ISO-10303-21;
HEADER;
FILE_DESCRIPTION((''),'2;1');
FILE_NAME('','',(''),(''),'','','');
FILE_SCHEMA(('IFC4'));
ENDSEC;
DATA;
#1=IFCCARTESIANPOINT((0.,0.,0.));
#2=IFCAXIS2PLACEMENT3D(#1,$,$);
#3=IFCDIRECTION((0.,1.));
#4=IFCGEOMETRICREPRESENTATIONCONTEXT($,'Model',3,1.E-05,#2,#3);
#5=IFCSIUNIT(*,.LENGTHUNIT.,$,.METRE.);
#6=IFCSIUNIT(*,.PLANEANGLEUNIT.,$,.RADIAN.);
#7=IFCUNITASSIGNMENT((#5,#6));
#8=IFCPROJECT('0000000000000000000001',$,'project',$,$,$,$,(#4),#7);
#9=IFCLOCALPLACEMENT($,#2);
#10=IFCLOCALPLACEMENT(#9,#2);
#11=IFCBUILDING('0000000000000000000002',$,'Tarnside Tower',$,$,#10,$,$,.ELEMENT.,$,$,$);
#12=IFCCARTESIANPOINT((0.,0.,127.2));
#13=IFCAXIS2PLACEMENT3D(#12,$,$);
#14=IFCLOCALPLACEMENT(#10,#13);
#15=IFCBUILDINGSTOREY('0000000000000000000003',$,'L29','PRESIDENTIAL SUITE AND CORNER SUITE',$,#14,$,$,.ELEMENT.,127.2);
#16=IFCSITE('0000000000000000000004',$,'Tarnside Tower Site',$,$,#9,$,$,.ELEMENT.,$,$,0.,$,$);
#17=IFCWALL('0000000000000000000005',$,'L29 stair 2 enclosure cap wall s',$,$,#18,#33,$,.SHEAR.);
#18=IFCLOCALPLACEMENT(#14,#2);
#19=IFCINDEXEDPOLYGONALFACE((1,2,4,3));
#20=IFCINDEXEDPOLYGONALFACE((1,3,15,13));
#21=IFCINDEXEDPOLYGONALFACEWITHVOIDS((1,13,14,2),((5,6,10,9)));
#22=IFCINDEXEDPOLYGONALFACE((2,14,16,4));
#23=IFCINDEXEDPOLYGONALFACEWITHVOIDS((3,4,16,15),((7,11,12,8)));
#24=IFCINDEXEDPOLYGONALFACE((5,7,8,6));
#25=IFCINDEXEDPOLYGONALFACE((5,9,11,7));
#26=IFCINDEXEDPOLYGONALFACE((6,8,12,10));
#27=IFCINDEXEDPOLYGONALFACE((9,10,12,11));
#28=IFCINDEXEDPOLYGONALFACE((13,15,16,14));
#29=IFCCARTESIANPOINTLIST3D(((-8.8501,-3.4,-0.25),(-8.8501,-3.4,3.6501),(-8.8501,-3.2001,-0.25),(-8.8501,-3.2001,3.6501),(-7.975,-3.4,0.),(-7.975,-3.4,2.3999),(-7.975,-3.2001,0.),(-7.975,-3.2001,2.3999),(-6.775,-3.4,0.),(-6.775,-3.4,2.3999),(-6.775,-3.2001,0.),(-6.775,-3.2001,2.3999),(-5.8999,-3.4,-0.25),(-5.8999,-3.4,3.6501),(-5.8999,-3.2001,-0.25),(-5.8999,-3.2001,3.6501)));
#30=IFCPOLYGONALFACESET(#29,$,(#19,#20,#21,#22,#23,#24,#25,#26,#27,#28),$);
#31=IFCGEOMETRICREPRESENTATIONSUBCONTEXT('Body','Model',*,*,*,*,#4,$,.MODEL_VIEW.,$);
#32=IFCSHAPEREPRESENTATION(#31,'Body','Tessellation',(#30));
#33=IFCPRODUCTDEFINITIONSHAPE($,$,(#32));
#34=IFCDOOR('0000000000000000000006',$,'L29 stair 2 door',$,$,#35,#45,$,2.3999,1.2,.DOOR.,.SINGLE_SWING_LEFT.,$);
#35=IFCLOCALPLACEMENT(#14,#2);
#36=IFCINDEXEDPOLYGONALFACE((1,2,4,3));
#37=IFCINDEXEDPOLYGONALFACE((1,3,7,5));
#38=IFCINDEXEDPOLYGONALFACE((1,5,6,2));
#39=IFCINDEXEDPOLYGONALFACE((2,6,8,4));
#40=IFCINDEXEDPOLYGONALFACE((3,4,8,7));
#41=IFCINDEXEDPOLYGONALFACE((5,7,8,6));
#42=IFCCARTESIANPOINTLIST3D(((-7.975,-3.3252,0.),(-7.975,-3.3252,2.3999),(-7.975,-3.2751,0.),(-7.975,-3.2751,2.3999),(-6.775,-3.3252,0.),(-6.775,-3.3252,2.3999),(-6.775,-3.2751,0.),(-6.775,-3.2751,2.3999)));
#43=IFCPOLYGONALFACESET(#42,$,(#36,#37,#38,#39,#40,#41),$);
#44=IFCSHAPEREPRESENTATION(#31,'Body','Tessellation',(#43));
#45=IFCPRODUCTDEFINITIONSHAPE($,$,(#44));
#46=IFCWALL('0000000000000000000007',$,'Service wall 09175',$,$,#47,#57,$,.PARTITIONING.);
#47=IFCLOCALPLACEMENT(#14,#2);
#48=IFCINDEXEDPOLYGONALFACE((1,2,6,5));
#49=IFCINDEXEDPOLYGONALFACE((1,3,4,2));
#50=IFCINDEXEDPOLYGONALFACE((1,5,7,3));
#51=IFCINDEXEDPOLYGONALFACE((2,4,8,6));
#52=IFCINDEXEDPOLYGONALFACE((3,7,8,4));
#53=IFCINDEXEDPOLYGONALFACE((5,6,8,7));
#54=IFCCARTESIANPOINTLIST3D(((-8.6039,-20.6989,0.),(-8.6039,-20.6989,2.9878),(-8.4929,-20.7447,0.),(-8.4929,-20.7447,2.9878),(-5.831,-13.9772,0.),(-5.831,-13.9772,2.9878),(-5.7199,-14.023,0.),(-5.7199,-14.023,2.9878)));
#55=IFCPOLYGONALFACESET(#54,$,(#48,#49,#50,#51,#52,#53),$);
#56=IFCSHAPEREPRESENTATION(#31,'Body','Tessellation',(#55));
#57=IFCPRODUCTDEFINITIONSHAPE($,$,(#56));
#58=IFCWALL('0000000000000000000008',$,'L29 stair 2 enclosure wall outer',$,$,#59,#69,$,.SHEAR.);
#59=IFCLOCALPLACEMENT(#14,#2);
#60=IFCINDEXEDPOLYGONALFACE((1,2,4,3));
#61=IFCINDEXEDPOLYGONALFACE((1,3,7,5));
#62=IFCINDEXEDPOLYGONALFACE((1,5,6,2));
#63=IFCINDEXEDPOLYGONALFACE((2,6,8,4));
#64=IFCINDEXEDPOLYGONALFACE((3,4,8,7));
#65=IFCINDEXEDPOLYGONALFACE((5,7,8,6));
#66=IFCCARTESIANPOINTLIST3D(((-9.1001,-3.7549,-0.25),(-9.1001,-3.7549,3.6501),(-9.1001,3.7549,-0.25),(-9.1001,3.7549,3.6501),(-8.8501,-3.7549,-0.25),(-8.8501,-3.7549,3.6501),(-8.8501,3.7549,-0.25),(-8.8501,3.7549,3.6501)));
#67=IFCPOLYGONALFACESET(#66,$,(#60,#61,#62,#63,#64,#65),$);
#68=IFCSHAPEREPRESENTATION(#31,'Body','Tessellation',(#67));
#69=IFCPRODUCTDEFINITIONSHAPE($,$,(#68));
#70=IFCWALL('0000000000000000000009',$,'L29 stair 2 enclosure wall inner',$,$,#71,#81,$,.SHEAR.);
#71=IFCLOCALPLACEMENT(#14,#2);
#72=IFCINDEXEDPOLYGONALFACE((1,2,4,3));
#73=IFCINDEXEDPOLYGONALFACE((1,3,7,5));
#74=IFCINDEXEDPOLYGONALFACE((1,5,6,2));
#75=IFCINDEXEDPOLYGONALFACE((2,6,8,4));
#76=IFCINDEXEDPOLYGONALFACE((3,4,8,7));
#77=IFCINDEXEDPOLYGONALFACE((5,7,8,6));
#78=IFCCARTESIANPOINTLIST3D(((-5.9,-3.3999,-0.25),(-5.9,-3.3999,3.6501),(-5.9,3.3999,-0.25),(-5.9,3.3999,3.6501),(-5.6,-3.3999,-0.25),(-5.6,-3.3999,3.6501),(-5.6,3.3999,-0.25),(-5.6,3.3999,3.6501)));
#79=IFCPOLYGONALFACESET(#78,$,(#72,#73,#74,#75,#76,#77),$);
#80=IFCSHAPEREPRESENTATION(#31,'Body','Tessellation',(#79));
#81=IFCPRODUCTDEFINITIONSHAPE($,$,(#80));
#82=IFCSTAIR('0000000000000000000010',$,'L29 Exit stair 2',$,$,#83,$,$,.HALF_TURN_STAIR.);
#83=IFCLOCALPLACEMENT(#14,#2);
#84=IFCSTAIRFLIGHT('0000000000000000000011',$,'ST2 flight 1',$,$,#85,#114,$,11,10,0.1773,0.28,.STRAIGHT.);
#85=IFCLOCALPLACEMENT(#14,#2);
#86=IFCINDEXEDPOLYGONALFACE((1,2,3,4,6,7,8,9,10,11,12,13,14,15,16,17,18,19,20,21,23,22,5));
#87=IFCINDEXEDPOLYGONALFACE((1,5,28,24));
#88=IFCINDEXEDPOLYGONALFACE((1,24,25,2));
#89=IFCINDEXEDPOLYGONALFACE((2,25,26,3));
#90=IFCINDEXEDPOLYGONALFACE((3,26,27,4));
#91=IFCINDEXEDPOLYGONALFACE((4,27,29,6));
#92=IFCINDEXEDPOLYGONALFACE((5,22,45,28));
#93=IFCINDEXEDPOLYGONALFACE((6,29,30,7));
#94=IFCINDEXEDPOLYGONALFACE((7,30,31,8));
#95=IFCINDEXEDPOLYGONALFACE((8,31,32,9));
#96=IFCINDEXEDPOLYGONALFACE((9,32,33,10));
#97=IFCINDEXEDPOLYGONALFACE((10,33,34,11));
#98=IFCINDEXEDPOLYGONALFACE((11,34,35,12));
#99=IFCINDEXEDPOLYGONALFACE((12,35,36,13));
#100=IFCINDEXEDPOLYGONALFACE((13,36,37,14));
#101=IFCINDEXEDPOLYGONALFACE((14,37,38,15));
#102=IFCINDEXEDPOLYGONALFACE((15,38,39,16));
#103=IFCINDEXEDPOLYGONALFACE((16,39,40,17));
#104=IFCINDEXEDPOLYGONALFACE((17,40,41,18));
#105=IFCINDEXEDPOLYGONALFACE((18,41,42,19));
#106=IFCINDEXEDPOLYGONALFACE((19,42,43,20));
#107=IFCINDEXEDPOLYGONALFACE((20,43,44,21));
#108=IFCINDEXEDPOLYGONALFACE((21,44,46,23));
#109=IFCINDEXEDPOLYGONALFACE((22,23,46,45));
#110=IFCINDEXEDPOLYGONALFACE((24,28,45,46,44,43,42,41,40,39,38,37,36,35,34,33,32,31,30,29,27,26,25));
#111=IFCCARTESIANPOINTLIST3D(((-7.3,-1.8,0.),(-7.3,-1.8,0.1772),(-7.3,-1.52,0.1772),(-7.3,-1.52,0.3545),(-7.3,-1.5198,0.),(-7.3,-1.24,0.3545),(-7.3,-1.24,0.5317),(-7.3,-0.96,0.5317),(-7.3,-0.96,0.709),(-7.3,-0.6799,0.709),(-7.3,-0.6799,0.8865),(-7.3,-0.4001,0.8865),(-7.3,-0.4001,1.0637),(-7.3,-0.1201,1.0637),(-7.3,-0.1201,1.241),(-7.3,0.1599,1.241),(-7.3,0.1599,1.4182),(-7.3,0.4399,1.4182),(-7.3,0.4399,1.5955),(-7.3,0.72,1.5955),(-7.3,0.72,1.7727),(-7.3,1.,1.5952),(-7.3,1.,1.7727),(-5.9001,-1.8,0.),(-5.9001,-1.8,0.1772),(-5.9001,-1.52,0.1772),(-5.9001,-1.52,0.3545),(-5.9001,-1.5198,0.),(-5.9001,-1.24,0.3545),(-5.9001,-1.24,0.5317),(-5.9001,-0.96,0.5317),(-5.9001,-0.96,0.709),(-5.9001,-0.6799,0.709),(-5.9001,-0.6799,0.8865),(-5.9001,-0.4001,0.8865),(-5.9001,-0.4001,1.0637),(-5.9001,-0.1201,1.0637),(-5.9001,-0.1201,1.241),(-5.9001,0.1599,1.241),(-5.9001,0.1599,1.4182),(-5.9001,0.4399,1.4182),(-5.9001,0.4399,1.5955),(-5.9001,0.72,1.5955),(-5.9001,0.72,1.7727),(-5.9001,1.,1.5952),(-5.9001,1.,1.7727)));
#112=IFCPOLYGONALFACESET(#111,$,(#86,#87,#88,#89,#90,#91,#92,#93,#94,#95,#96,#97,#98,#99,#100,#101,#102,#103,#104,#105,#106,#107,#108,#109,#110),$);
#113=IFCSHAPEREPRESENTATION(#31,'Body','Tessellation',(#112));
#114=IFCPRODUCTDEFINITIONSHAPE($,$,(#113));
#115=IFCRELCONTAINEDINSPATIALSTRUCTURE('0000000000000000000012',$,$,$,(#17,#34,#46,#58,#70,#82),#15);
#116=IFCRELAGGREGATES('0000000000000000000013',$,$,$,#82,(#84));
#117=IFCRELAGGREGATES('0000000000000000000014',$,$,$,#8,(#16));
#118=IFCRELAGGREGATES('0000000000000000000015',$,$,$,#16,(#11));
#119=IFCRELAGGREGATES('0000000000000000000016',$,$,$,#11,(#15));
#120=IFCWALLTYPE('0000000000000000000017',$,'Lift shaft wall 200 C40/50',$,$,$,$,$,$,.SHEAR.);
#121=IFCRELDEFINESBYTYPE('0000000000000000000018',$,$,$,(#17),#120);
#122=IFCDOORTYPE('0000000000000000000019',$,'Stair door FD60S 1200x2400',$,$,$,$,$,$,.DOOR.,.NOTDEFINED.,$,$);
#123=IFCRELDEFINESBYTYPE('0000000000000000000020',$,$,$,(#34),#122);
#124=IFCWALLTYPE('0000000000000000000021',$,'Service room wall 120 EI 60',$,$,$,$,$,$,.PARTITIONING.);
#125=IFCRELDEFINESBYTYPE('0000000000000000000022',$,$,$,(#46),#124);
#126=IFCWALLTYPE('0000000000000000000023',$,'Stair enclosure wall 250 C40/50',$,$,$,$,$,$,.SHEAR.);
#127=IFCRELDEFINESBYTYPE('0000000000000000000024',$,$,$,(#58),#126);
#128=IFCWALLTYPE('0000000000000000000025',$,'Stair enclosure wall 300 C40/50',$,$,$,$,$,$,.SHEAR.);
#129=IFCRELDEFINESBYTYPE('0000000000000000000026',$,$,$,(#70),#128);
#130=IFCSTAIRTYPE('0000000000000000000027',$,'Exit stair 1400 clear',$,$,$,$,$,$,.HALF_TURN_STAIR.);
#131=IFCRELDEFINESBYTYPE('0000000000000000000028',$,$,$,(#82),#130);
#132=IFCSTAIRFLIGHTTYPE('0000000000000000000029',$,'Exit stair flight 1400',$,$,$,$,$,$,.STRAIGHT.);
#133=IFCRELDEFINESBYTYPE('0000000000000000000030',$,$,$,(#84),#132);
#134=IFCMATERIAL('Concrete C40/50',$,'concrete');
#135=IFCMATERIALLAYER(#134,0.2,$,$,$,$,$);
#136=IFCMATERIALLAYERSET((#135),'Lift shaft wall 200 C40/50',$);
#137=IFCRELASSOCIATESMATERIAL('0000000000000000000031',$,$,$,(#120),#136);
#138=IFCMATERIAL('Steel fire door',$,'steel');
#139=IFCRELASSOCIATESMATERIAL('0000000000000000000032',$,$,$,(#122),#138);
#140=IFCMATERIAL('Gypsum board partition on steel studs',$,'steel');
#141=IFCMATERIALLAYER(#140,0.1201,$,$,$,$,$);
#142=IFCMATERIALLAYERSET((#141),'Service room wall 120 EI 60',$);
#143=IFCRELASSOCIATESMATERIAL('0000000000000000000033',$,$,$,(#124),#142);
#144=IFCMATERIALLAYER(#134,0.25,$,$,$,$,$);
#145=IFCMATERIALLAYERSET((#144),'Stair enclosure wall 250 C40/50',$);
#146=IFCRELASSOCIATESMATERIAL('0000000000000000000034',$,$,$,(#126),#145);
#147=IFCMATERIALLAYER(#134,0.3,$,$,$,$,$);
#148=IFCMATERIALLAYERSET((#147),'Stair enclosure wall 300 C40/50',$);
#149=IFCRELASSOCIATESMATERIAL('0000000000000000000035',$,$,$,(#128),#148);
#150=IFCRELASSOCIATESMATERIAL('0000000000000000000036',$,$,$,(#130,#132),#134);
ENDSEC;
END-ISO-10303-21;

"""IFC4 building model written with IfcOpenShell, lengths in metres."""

from ifc_helpers import new_model, si_unit, direction, frame, frame_2d, origin, place, context, subcontext, project, spatial, polyline, rectangle, outline, extrude, material, layer, layer_set, type_object, element, fill, aggregate, save


model = new_model("IFC4")

# Units and contexts
model_context = context("Model", 3, precision=1e-05, world=origin(), true_north=direction((0.0, 1.0)))
body_context = subcontext(model_context, "Body", "Model", "MODEL_VIEW")
ifc_project = project(units=[si_unit("LENGTHUNIT", "METRE"), si_unit("PLANEANGLEUNIT", "RADIAN")], contexts=[model_context])

# Site, building, storey
site_placement = place(None, origin())
site = spatial("IfcSite", under=ifc_project, at=site_placement, Name="Tarnside Tower Site", CompositionType="ELEMENT", RefElevation=0.0)
building_placement = place(site_placement, origin())
building = spatial("IfcBuilding", under=site, at=building_placement, Name="Tarnside Tower", CompositionType="ELEMENT")
storey_placement = place(building_placement, frame((0.0, 0.0, 127.2)))
storey = spatial("IfcBuildingStorey", under=building, at=storey_placement, Name="L29", Description="PRESIDENTIAL SUITE AND CORNER SUITE", CompositionType="ELEMENT", Elevation=127.2)

# Shared definitions
ifc_material_1 = material(Name="Steel fire door", Category="steel")

# Shared definitions
ifc_material_2 = material(Name="Gypsum board partition on steel studs", Category="steel")

# Shared definitions
ifc_material_3 = material(Name="Concrete C40/50", Category="concrete")
ifc_layer_1 = layer(ifc_material_3, 0.2)
ifc_layer_set_1 = layer_set([ifc_layer_1], Name="Lift shaft wall 200 C40/50")
wall_type_1 = type_object("IfcWallType", Name="Lift shaft wall 200 C40/50", PredefinedType="SHEAR", material=ifc_layer_set_1)

# Wall, opening, door
wall_1_placement = place(storey_placement, frame((-8.8501, -3.3, -0.25), z_axis=(0.0, 0.0, 1.0), x_axis=(1.0, 0.0, 0.0)))
wall_1 = element("IfcWall", 1, at=wall_1_placement, inside=storey, type_object=wall_type_1, Name="L29 stair 2 enclosure cap wall s", PredefinedType="SHEAR", context=body_context, shape_type="SweptSolid", body=[
    extrude(rectangle(XDim=2.9502, YDim=0.2, at=frame_2d((1.4751, 0.0))), origin(), (0.0, 0.0, 1.0), 3.9001),
])
opening_1_placement = place(wall_1_placement, frame((0.875, 0.0, 0.25)))
opening_1 = element("IfcOpeningElement", 2, at=opening_1_placement, cuts=wall_1, PredefinedType="OPENING", context=body_context, shape_type="SweptSolid", body=[
    extrude(rectangle(XDim=1.2, YDim=2.3999, at=frame_2d((0.6001, 1.2))), frame((0.0, 0.1099, 0.0), z_axis=(0.0, -1.0, 0.0), x_axis=(1.0, 0.0, 0.0)), (0.0, 0.0, 1.0), 0.22),
])
door_type_1 = type_object("IfcDoorType", Name="Stair door FD60S 1200x2400", OperationType="NOTDEFINED", PredefinedType="DOOR", material=ifc_material_1)
door_1_placement = place(opening_1_placement, origin())
door_1 = element("IfcDoor", 3, at=door_1_placement, inside=storey, type_object=door_type_1, Name="L29 stair 2 door", OperationType="SINGLE_SWING_LEFT", OverallHeight=2.3999, OverallWidth=1.2, PredefinedType="DOOR", context=body_context, shape_type="SweptSolid", body=[
    extrude(rectangle(XDim=1.2, YDim=2.3999, at=frame_2d((0.6001, 1.2))), frame((0.0, 0.0249, 0.0), z_axis=(0.0, -1.0, 0.0), x_axis=(1.0, 0.0, 0.0)), (0.0, 0.0, 1.0), 0.05),
])
fill(opening_1, door_1)

# Walls
ifc_layer_2 = layer(ifc_material_2, 0.1201)
ifc_layer_set_2 = layer_set([ifc_layer_2], Name="Service room wall 120 EI 60")
wall_type_2 = type_object("IfcWallType", Name="Service room wall 120 EI 60", PredefinedType="PARTITIONING", material=ifc_layer_set_2)
wall_2_placement = place(storey_placement, frame((-5.7754, -14.0, 0.0), z_axis=(0.0, 0.0, 1.0), x_axis=(-0.381361, -0.924426, 0.0)))
element("IfcWall", 4, at=wall_2_placement, inside=storey, type_object=wall_type_2, Name="Service wall 09175", PredefinedType="PARTITIONING", context=body_context, shape_type="SweptSolid", body=[
    extrude(rectangle(XDim=7.2712, YDim=0.1201, at=frame_2d((3.6357, 0.0))), origin(), (0.0, 0.0, 1.0), 2.9878),
])
ifc_layer_3 = layer(ifc_material_3, 0.25)
ifc_layer_set_3 = layer_set([ifc_layer_3], Name="Stair enclosure wall 250 C40/50")
wall_type_3 = type_object("IfcWallType", Name="Stair enclosure wall 250 C40/50", PredefinedType="SHEAR", material=ifc_layer_set_3)
wall_3_placement = place(storey_placement, frame((-8.9751, -3.7549, -0.25), z_axis=(0.0, 0.0, 1.0), x_axis=(0.0, 1.0, 0.0)))
element("IfcWall", 5, at=wall_3_placement, inside=storey, type_object=wall_type_3, Name="L29 stair 2 enclosure wall outer", PredefinedType="SHEAR", context=body_context, shape_type="SweptSolid", body=[
    extrude(rectangle(XDim=7.5098, YDim=0.25, at=frame_2d((3.7549, 0.0))), origin(), (0.0, 0.0, 1.0), 3.9001),
])
ifc_layer_4 = layer(ifc_material_3, 0.3)
ifc_layer_set_4 = layer_set([ifc_layer_4], Name="Stair enclosure wall 300 C40/50")
wall_type_4 = type_object("IfcWallType", Name="Stair enclosure wall 300 C40/50", PredefinedType="SHEAR", material=ifc_layer_set_4)
wall_4_placement = place(storey_placement, frame((-5.75, -3.3999, -0.25), z_axis=(0.0, 0.0, 1.0), x_axis=(0.0, 1.0, 0.0)))
element("IfcWall", 6, at=wall_4_placement, inside=storey, type_object=wall_type_4, Name="L29 stair 2 enclosure wall inner", PredefinedType="SHEAR", context=body_context, shape_type="SweptSolid", body=[
    extrude(rectangle(XDim=6.7998, YDim=0.3, at=frame_2d((3.3999, 0.0))), origin(), (0.0, 0.0, 1.0), 3.9001),
])

# Stair, stair flight
stair_type = type_object("IfcStairType", Name="Exit stair 1400 clear", PredefinedType="HALF_TURN_STAIR", material=ifc_material_3)
stair_placement = place(storey_placement, origin())
stair = element("IfcStair", 7, at=stair_placement, inside=storey, type_object=stair_type, Name="L29 Exit stair 2", PredefinedType="HALF_TURN_STAIR")
stair_flight_type = type_object("IfcStairFlightType", Name="Exit stair flight 1400", PredefinedType="STRAIGHT", material=ifc_material_3)
stair_flight_placement = place(storey_placement, frame((-6.6001, -1.8, 0.0), z_axis=(0.0, 0.0, 1.0), x_axis=(0.0, 1.0, 0.0)))
stair_flight = element("IfcStairFlight", 8, at=stair_flight_placement, type_object=stair_flight_type, Name="ST2 flight 1", NumberOfRisers=11, NumberOfTreads=10, PredefinedType="STRAIGHT", RiserHeight=0.1773, TreadLength=0.28, context=body_context, shape_type="SweptSolid", body=[
    extrude(outline(polyline([(0.0, 0.0), (0.0, 0.1772), (0.28, 0.1772), (0.28, 0.3545), (0.5601, 0.3545), (0.5601, 0.5317), (0.8401, 0.5317), (0.8401, 0.709), (1.1201, 0.709), (1.1201, 0.8865), (1.3999, 0.8865), (1.3999, 1.0637), (1.6799, 1.0637), (1.6799, 1.241), (1.96, 1.241), (1.96, 1.4182), (2.24, 1.4182), (2.24, 1.5955), (2.52, 1.5955), (2.52, 1.7727), (2.8, 1.7727), (2.8, 1.95), (2.8, 1.5952), (0.2803, 0.0), (0.0, 0.0)])), frame((0.0, 0.7, 0.0), z_axis=(0.0, -1.0, 0.0), x_axis=(1.0, 0.0, 0.0)), (0.0, 0.0, 1.0), 1.3999),
])
aggregate(stair, [stair_flight])

save(model, "model.ifc")
